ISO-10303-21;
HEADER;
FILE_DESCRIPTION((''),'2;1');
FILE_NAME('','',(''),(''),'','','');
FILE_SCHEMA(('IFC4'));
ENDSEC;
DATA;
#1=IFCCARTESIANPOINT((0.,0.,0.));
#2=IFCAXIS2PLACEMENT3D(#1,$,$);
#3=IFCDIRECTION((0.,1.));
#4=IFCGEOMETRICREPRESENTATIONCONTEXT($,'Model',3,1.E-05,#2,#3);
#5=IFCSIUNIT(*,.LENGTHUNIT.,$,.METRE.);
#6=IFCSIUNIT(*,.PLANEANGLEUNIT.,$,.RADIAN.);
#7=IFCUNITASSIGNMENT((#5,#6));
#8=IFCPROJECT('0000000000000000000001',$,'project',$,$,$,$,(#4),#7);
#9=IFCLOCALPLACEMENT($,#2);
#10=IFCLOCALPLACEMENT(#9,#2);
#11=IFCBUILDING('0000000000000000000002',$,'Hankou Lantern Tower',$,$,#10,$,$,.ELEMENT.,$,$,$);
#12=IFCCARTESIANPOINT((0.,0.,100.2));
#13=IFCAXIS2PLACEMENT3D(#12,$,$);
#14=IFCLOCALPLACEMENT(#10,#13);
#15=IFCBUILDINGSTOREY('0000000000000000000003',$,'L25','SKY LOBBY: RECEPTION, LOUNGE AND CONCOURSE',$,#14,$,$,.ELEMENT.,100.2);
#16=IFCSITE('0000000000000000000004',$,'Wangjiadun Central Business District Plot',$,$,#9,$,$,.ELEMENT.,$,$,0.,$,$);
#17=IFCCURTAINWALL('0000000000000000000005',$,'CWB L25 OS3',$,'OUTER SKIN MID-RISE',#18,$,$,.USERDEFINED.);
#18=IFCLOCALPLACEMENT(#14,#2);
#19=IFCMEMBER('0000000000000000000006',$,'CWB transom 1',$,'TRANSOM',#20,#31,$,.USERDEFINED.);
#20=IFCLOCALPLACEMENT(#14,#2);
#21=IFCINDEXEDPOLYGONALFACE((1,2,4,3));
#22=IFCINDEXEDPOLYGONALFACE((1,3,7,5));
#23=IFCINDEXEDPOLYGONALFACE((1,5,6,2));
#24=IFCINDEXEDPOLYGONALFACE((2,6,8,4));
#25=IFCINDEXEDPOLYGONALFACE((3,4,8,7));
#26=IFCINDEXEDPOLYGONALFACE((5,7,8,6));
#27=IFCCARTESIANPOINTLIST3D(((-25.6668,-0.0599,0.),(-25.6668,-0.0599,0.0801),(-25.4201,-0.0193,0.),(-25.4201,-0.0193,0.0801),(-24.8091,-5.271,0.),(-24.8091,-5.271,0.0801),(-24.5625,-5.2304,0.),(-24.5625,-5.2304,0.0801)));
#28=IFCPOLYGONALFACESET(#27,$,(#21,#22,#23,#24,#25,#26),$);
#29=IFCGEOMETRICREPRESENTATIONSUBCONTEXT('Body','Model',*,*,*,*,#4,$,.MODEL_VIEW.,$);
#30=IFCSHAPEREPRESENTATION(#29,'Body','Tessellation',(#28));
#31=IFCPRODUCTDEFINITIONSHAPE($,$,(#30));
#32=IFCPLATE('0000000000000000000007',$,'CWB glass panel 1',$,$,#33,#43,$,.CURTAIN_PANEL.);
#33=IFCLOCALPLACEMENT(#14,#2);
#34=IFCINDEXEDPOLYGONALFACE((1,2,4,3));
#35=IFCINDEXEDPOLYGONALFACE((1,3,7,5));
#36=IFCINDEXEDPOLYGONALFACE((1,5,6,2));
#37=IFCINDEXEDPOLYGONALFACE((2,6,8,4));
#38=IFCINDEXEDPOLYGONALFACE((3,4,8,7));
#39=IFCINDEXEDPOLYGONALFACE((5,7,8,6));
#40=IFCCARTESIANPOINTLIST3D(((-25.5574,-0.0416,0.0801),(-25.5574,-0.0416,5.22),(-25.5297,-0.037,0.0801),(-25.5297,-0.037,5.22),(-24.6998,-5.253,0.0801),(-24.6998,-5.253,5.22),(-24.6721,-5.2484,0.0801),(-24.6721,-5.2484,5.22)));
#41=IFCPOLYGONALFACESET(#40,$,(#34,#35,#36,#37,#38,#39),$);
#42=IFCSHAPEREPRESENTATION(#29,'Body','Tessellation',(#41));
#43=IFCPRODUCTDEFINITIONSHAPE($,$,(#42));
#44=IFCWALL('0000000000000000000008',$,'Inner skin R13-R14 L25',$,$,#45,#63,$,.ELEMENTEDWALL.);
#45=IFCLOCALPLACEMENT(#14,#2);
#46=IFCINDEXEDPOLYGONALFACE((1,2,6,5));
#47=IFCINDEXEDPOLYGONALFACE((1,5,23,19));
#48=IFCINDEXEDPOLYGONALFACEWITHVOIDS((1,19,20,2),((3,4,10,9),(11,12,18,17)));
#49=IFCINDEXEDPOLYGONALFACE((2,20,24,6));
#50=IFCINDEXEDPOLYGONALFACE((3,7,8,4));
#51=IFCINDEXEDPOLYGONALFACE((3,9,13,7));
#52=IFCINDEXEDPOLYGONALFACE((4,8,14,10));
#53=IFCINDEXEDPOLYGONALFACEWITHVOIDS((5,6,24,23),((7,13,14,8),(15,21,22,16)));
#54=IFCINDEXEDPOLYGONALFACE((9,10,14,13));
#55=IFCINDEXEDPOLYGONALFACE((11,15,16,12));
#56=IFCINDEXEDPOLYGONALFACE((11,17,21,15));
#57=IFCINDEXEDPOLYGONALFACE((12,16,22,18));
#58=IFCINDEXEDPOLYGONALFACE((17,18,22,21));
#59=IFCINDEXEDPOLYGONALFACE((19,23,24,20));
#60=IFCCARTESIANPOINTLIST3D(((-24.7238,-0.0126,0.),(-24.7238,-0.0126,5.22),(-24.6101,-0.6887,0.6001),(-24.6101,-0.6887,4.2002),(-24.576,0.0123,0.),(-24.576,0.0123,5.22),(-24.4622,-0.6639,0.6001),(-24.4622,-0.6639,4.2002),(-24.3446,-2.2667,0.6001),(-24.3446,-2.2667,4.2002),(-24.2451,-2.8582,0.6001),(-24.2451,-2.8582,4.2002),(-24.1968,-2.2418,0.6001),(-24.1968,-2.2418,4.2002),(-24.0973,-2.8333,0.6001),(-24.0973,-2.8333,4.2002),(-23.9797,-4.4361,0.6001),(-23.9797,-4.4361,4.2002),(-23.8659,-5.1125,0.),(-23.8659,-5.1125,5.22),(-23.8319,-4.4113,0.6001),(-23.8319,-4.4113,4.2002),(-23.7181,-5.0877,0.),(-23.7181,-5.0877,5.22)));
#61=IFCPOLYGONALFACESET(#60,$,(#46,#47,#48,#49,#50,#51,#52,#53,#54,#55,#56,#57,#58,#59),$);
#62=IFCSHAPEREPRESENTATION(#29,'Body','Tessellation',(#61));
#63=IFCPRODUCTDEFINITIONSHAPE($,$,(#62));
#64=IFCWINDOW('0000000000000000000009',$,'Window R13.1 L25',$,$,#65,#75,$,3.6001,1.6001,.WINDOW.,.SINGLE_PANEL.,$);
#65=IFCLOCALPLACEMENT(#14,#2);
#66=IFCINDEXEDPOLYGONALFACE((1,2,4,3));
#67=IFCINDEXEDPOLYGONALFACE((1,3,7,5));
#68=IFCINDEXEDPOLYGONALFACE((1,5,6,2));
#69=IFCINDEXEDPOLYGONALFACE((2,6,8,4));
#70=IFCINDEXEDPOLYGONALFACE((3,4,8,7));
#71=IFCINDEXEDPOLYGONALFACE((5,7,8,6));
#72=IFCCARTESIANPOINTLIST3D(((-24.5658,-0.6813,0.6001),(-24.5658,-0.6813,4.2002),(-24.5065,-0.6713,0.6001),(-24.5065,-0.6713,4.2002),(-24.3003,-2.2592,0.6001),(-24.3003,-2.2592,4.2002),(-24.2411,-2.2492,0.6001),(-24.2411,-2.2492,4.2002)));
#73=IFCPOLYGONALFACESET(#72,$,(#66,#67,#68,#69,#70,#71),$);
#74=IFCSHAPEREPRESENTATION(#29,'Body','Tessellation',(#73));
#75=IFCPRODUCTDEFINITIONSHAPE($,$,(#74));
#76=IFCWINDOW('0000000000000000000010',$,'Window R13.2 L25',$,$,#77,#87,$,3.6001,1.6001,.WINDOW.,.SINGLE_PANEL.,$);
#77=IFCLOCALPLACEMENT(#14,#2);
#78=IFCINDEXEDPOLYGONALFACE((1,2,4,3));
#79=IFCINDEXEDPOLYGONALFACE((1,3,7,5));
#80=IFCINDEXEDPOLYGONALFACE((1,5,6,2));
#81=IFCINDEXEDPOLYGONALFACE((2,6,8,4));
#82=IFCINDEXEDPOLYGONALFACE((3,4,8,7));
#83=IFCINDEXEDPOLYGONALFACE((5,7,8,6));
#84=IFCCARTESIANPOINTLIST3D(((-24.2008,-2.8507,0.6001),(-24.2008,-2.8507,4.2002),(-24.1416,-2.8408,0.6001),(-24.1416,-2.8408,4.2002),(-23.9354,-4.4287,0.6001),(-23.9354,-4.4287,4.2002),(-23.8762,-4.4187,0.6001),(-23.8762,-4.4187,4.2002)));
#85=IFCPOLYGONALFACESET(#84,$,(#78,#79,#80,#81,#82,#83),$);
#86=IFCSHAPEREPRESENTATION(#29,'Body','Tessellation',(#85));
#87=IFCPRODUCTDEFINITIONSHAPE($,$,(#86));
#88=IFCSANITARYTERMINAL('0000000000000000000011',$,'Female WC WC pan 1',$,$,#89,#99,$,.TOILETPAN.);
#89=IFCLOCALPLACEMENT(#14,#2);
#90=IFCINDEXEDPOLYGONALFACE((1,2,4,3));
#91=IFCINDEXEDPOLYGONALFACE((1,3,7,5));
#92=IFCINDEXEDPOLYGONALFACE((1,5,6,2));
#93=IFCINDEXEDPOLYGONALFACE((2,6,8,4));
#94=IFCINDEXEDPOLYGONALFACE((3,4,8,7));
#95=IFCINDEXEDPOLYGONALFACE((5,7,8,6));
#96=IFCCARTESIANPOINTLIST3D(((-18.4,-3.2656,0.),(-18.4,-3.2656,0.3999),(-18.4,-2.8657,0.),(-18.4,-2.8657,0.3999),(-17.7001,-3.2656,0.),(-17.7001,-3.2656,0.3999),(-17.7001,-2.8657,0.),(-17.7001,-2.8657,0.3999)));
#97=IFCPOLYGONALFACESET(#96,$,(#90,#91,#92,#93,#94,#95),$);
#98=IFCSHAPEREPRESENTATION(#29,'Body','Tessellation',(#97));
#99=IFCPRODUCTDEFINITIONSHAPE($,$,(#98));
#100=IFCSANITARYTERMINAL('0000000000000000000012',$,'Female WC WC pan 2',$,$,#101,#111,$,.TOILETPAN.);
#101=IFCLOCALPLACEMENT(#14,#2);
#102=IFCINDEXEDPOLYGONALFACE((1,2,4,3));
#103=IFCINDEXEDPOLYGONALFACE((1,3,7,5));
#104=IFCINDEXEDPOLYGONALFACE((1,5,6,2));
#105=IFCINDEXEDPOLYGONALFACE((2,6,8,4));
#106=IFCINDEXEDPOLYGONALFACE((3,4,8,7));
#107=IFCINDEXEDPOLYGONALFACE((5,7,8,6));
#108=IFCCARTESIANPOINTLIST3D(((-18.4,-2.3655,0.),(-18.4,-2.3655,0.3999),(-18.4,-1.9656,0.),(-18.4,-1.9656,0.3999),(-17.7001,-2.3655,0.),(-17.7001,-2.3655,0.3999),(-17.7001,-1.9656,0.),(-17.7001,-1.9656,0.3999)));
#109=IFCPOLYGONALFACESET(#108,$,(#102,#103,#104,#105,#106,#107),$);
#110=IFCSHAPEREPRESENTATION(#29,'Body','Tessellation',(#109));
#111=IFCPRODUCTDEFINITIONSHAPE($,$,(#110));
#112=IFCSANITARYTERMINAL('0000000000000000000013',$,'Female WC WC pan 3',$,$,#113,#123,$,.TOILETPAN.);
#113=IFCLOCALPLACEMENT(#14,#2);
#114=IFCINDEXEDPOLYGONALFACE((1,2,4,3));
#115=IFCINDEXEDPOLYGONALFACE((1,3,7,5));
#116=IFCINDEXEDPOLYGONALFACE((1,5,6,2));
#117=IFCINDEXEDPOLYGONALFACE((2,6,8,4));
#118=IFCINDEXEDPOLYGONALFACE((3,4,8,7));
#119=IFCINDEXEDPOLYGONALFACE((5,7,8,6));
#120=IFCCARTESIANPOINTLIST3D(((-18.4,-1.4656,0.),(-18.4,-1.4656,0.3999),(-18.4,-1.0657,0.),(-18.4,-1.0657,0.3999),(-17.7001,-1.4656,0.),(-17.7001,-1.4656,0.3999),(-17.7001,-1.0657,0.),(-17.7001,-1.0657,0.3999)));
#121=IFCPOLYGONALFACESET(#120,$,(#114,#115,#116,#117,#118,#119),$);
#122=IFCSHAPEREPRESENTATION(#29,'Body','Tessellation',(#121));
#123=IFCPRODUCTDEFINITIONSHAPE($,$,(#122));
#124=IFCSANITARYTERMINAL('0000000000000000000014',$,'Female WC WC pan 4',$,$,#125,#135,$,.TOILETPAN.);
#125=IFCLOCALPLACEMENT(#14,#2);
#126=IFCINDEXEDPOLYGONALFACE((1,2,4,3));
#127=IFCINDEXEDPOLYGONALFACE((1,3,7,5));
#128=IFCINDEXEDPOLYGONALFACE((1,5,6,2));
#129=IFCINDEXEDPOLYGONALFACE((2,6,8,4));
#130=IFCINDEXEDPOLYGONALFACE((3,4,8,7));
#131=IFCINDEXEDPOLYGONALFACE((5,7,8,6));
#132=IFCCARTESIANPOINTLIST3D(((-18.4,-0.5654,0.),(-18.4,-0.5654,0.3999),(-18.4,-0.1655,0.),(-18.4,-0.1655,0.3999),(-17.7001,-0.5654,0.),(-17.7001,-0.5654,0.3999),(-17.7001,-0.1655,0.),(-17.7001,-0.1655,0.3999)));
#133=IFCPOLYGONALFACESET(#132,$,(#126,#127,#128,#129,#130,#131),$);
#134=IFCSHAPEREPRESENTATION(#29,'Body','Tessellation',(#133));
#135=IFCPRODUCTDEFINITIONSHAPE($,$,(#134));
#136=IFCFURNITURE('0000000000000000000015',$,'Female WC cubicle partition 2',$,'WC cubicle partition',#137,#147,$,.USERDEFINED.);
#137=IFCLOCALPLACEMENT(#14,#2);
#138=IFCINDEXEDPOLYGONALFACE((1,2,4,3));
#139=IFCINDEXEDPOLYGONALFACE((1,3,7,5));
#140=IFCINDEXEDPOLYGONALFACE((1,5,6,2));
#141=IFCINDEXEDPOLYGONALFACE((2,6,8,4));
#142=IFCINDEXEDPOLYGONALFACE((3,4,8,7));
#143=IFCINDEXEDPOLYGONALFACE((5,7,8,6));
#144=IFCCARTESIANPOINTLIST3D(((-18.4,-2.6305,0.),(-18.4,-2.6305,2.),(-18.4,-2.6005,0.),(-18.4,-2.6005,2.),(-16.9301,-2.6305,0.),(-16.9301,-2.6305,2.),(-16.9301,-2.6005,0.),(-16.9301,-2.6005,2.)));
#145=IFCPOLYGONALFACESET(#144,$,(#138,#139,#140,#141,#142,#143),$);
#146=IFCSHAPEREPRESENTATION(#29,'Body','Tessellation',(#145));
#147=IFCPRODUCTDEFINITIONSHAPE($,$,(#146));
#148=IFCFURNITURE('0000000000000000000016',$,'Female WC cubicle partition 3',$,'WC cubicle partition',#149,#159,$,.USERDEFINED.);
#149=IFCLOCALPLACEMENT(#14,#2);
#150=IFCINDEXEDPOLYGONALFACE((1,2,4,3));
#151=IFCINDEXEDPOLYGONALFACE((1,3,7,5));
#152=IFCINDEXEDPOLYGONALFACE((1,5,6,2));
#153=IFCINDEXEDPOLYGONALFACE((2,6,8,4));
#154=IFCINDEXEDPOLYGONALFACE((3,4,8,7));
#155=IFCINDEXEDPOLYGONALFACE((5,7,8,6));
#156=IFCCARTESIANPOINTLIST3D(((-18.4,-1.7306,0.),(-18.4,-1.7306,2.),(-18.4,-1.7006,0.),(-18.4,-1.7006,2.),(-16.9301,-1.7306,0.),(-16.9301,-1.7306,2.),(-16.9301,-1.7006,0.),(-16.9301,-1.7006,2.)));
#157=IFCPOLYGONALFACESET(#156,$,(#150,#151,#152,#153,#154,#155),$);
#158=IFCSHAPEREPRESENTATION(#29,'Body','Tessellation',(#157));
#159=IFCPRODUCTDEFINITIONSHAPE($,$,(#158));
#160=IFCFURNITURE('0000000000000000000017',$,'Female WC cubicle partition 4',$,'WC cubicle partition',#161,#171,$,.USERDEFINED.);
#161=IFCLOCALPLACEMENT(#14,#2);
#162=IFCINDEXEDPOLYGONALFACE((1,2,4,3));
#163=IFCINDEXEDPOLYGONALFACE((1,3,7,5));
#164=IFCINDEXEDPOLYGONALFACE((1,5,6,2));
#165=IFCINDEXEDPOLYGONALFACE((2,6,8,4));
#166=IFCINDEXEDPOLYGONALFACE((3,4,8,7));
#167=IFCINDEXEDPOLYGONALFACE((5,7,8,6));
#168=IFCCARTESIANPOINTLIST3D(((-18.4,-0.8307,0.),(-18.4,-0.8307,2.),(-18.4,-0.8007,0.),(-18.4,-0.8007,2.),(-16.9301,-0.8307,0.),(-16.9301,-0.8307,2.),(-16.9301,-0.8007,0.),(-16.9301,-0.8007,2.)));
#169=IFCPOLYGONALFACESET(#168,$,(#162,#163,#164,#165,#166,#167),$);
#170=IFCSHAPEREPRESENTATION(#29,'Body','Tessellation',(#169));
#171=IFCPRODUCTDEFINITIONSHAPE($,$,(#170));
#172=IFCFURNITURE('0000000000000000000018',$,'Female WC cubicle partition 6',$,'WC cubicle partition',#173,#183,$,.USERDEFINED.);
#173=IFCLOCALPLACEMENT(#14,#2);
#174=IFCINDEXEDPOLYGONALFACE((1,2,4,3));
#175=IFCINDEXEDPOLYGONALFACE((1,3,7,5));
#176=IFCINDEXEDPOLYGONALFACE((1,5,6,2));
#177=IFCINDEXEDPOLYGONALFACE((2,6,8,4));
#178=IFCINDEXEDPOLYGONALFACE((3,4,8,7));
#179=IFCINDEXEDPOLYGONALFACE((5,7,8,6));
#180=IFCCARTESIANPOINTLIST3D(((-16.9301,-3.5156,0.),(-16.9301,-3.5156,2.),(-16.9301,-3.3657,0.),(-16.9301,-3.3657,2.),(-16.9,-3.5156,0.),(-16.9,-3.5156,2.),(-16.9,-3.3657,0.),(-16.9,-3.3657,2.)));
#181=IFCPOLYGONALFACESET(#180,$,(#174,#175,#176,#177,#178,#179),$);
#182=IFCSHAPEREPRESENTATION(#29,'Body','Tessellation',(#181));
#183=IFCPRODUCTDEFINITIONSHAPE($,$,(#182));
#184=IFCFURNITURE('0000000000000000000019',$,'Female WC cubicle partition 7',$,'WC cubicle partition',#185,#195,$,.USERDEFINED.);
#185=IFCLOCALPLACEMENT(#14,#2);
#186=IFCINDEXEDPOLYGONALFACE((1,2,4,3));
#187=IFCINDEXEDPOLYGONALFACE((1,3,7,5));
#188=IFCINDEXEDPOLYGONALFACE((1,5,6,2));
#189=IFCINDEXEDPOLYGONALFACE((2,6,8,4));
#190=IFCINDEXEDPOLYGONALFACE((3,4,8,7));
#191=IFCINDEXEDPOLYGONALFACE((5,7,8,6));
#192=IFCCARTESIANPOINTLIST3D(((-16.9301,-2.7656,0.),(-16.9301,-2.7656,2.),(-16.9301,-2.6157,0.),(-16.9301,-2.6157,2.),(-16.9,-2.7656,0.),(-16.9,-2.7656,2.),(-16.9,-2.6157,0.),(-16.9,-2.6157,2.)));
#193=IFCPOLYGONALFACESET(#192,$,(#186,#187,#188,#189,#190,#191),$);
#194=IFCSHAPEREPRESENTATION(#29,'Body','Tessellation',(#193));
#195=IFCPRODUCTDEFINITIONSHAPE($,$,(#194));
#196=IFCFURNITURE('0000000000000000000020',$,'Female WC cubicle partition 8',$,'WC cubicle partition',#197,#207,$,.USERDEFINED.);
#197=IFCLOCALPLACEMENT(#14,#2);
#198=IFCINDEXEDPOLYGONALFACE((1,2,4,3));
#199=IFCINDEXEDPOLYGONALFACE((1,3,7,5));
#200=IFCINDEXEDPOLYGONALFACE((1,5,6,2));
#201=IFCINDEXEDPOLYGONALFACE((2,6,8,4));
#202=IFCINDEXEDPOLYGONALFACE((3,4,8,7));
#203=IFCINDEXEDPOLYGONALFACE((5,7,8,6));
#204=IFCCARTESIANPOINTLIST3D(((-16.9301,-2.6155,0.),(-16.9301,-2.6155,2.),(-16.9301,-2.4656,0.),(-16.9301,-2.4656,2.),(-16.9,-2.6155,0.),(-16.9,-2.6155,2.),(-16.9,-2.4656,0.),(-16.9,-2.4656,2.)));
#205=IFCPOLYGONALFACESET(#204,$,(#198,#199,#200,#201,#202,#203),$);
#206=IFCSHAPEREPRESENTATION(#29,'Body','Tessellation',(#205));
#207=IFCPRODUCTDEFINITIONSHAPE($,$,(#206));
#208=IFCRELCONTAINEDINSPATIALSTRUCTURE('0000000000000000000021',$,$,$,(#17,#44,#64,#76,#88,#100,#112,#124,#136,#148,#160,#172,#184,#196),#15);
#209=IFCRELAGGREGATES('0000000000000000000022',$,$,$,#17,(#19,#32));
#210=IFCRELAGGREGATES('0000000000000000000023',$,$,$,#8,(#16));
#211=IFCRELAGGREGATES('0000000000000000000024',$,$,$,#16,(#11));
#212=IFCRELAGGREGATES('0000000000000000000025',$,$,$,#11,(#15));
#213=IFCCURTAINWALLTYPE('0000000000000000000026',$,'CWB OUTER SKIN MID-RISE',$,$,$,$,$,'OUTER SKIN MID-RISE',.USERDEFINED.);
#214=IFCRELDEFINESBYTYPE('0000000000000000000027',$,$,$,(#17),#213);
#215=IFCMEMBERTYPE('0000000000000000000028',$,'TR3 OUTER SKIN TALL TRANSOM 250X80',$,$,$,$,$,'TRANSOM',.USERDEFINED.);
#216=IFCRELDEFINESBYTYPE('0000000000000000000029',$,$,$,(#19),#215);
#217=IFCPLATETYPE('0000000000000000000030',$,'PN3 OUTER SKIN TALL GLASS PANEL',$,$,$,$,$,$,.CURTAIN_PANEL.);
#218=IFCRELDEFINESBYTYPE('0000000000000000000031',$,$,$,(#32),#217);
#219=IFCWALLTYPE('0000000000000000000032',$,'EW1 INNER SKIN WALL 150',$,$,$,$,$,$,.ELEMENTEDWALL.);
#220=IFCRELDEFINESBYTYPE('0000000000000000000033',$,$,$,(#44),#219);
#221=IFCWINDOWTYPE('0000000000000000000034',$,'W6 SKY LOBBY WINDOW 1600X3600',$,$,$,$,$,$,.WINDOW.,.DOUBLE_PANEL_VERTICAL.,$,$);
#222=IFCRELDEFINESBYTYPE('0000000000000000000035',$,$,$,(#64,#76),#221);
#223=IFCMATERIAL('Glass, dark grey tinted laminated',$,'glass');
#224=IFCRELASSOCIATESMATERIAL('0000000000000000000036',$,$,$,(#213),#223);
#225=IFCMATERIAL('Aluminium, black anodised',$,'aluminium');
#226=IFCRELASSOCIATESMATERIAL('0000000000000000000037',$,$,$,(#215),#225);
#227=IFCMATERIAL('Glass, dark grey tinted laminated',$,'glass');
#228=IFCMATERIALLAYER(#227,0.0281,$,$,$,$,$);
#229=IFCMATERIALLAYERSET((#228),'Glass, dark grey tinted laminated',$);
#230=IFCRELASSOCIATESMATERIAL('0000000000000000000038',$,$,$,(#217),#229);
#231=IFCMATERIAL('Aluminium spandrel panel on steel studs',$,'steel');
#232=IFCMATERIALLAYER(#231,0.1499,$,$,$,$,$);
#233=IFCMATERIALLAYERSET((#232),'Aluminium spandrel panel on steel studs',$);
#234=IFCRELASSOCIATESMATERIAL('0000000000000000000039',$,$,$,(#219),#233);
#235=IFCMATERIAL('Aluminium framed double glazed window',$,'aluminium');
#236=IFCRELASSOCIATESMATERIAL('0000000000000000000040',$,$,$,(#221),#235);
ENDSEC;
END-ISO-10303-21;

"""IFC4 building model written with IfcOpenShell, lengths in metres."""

from ifc_helpers import new_model, si_unit, direction, frame, frame_2d, origin, origin_2d, place, context, subcontext, project, spatial, rectangle, extrude, material, layer, layer_set, material_profile, profile_set, type_object, element, fill, aggregate, save


model = new_model("IFC4")

# Units and contexts
model_context = context("Model", 3, precision=1e-05, world=origin(), true_north=direction((0.0, 1.0)))
body_context = subcontext(model_context, "Body", "Model", "MODEL_VIEW")
ifc_project = project(units=[si_unit("LENGTHUNIT", "METRE"), si_unit("PLANEANGLEUNIT", "RADIAN")], contexts=[model_context])

# Site, building, storey
site_placement = place(None, origin())
site = spatial("IfcSite", under=ifc_project, at=site_placement, Name="Wangjiadun Central Business District Plot", CompositionType="ELEMENT", RefElevation=0.0)
building_placement = place(site_placement, origin())
building = spatial("IfcBuilding", under=site, at=building_placement, Name="Hankou Lantern Tower", CompositionType="ELEMENT")
storey_placement = place(building_placement, frame((0.0, 0.0, 100.2)))
storey = spatial("IfcBuildingStorey", under=building, at=storey_placement, Name="L25", Description="SKY LOBBY: RECEPTION, LOUNGE AND CONCOURSE", CompositionType="ELEMENT", Elevation=100.2)

# Curtain wall
ifc_material_1 = material(Name="Glass, dark grey tinted laminated", Category="glass")
curtain_wall_type = type_object("IfcCurtainWallType", Name="CWB OUTER SKIN MID-RISE", ElementType="OUTER SKIN MID-RISE", PredefinedType="USERDEFINED", material=ifc_material_1)
curtain_wall_placement = place(storey_placement, origin())
curtain_wall = element("IfcCurtainWall", 1, at=curtain_wall_placement, inside=storey, type_object=curtain_wall_type, Name="CWB L25 OS3", ObjectType="OUTER SKIN MID-RISE", PredefinedType="USERDEFINED")

# Member
ifc_material_2 = material(Name="Aluminium, black anodised", Category="aluminium")
ifc_material_profile_1 = material_profile(ifc_material_2, rectangle(XDim=0.25, YDim=0.0801, at=origin_2d()), Name="TR3 250X80")
ifc_profile_set_1 = profile_set([ifc_material_profile_1], Name="Aluminium, black anodised")
member_type_1 = type_object("IfcMemberType", Name="TR3 OUTER SKIN TALL TRANSOM 250X80", ElementType="TRANSOM", PredefinedType="USERDEFINED", material=ifc_profile_set_1)
member_1_placement = place(storey_placement, frame((-25.5435, -0.0396, 0.04), z_axis=(0.162397, -0.986725, 0.0), x_axis=(0.986725, 0.162397, 0.0)))
member_1 = element("IfcMember", 2, at=member_1_placement, type_object=member_type_1, Name="CWB transom 1", ObjectType="TRANSOM", PredefinedType="USERDEFINED", context=body_context, shape_type="SweptSolid", body=[
    extrude(rectangle(XDim=0.25, YDim=0.0801, at=origin_2d()), origin(), (0.0, 0.0, 1.0), 5.2812),
])

# Plate
ifc_material_3 = material(Name="Glass, dark grey tinted laminated", Category="glass")
ifc_layer_1 = layer(ifc_material_3, 0.0281)
ifc_layer_set_1 = layer_set([ifc_layer_1], Name="Glass, dark grey tinted laminated")
plate_type = type_object("IfcPlateType", Name="PN3 OUTER SKIN TALL GLASS PANEL", PredefinedType="CURTAIN_PANEL", material=ifc_layer_set_1)
plate_placement = place(storey_placement, frame((-25.1147, -2.645, 0.0801), z_axis=(0.0, 0.0, 1.0), x_axis=(0.162382, -0.986728, 0.0)))
plate = element("IfcPlate", 3, at=plate_placement, type_object=plate_type, Name="CWB glass panel 1", PredefinedType="CURTAIN_PANEL", context=body_context, shape_type="SweptSolid", body=[
    extrude(rectangle(XDim=5.2815, YDim=0.0281, at=origin_2d()), origin(), (0.0, 0.0, 1.0), 5.1399),
])
aggregate(curtain_wall, [member_1, plate])

# Wall, openings, windows
ifc_material_4 = material(Name="Aluminium spandrel panel on steel studs", Category="steel")
ifc_layer_2 = layer(ifc_material_4, 0.1499)
ifc_layer_set_2 = layer_set([ifc_layer_2], Name="Aluminium spandrel panel on steel studs")
wall_type = type_object("IfcWallType", Name="EW1 INNER SKIN WALL 150", PredefinedType="ELEMENTEDWALL", material=ifc_layer_set_2)
wall_placement = place(storey_placement, frame((-24.6499, 0.0, 0.0), z_axis=(0.0, 0.0, 1.0), x_axis=(0.165884, -0.986145, 0.0)))
wall = element("IfcWall", 4, at=wall_placement, inside=storey, type_object=wall_type, Name="Inner skin R13-R14 L25", PredefinedType="ELEMENTEDWALL", context=body_context, shape_type="SweptSolid", body=[
    extrude(rectangle(XDim=5.1716, YDim=0.1499, at=frame_2d((2.5859, 0.0))), origin(), (0.0, 0.0, 1.0), 5.22),
])
opening_1_placement = place(wall_placement, frame((0.6858, 0.0, 0.6001)))
opening_1 = element("IfcOpeningElement", 5, at=opening_1_placement, cuts=wall, PredefinedType="OPENING", context=body_context, shape_type="SweptSolid", body=[
    extrude(rectangle(XDim=1.6001, YDim=3.6001, at=frame_2d((0.8, 1.8))), frame((0.0, 0.085, 0.0), z_axis=(0.0, -1.0, 0.0), x_axis=(1.0, 0.0, 0.0)), (0.0, 0.0, 1.0), 0.1699),
])
opening_2_placement = place(wall_placement, frame((2.8857, 0.0, 0.6001)))
opening_2 = element("IfcOpeningElement", 6, at=opening_2_placement, cuts=wall, PredefinedType="OPENING", context=body_context, shape_type="SweptSolid", body=[
    extrude(rectangle(XDim=1.6001, YDim=3.6001, at=frame_2d((0.8, 1.8))), frame((0.0, 0.085, 0.0), z_axis=(0.0, -1.0, 0.0), x_axis=(1.0, 0.0, 0.0)), (0.0, 0.0, 1.0), 0.1699),
])
ifc_material_5 = material(Name="Aluminium framed double glazed window", Category="aluminium")
window_type = type_object("IfcWindowType", Name="W6 SKY LOBBY WINDOW 1600X3600", PartitioningType="DOUBLE_PANEL_VERTICAL", PredefinedType="WINDOW", material=ifc_material_5)
window_1_placement = place(opening_1_placement, origin())
window_1 = element("IfcWindow", 7, at=window_1_placement, inside=storey, type_object=window_type, Name="Window R13.1 L25", OverallHeight=3.6001, OverallWidth=1.6001, PartitioningType="SINGLE_PANEL", PredefinedType="WINDOW", context=body_context, shape_type="SweptSolid", body=[
    extrude(rectangle(XDim=1.6001, YDim=3.6001, at=frame_2d((0.8, 1.8))), frame((0.0, 0.03, 0.0), z_axis=(0.0, -1.0, 0.0), x_axis=(1.0, 0.0, 0.0)), (0.0, 0.0, 1.0), 0.0601),
])
fill(opening_1, window_1)
window_2_placement = place(opening_2_placement, origin())
window_2 = element("IfcWindow", 8, at=window_2_placement, inside=storey, type_object=window_type, Name="Window R13.2 L25", OverallHeight=3.6001, OverallWidth=1.6001, PartitioningType="SINGLE_PANEL", PredefinedType="WINDOW", context=body_context, shape_type="SweptSolid", body=[
    extrude(rectangle(XDim=1.6001, YDim=3.6001, at=frame_2d((0.8, 1.8))), frame((0.0, 0.03, 0.0), z_axis=(0.0, -1.0, 0.0), x_axis=(1.0, 0.0, 0.0)), (0.0, 0.0, 1.0), 0.0601),
])
fill(opening_2, window_2)

# Sanitary terminals
for number, where, z_axis, x_axis, name in (
    (9, (-18.05, -3.0657, 0.0), (0.0, 0.0, 1.0), (0.0, 1.0, 0.0), "Female WC WC pan 1"),
    (10, (-18.05, -2.1655, 0.0), (0.0, 0.0, 1.0), (0.0, 1.0, 0.0), "Female WC WC pan 2"),
    (11, (-18.05, -1.2656, 0.0), (0.0, 0.0, 1.0), (0.0, 1.0, 0.0), "Female WC WC pan 3"),
    (12, (-18.05, -0.3655, 0.0), (0.0, 0.0, 1.0), (0.0, 1.0, 0.0), "Female WC WC pan 4"),
):
    element("IfcSanitaryTerminal", number, at=place(storey_placement, frame(where, z_axis=z_axis, x_axis=x_axis)), inside=storey, Name=name, PredefinedType="TOILETPAN", context=body_context, shape_type="SweptSolid", body=[
        extrude(rectangle(XDim=0.3999, YDim=0.7, at=origin_2d()), origin(), (0.0, 0.0, 1.0), 0.3999),
    ])

# Furniture
for number, where, z_axis, x_axis, name in (
    (13, (-17.665, -2.6155, 0.0), (0.0, 0.0, 1.0), (0.0, 1.0, 0.0), "Female WC cubicle partition 2"),
    (14, (-17.665, -1.7156, 0.0), (0.0, 0.0, 1.0), (0.0, 1.0, 0.0), "Female WC cubicle partition 3"),
    (15, (-17.665, -0.8157, 0.0), (0.0, 0.0, 1.0), (0.0, 1.0, 0.0), "Female WC cubicle partition 4"),
):
    element("IfcFurniture", number, at=place(storey_placement, frame(where, z_axis=z_axis, x_axis=x_axis)), inside=storey, Name=name, ObjectType="WC cubicle partition", PredefinedType="USERDEFINED", context=body_context, shape_type="SweptSolid", body=[
        extrude(rectangle(XDim=0.03, YDim=1.47, at=origin_2d()), origin(), (0.0, 0.0, 1.0), 2.0),
    ])
for number, where, z_axis, x_axis, name in (
    (16, (-16.915, -3.4407, 0.0), (0.0, 0.0, 1.0), (0.0, 1.0, 0.0), "Female WC cubicle partition 6"),
    (17, (-16.915, -2.6907, 0.0), (0.0, 0.0, 1.0), (0.0, 1.0, 0.0), "Female WC cubicle partition 7"),
    (18, (-16.915, -2.5405, 0.0), (0.0, 0.0, 1.0), (0.0, 1.0, 0.0), "Female WC cubicle partition 8"),
):
    element("IfcFurniture", number, at=place(storey_placement, frame(where, z_axis=z_axis, x_axis=x_axis)), inside=storey, Name=name, ObjectType="WC cubicle partition", PredefinedType="USERDEFINED", context=body_context, shape_type="SweptSolid", body=[
        extrude(rectangle(XDim=0.1499, YDim=0.03, at=origin_2d()), origin(), (0.0, 0.0, 1.0), 2.0),
    ])

save(model, "model.ifc")
